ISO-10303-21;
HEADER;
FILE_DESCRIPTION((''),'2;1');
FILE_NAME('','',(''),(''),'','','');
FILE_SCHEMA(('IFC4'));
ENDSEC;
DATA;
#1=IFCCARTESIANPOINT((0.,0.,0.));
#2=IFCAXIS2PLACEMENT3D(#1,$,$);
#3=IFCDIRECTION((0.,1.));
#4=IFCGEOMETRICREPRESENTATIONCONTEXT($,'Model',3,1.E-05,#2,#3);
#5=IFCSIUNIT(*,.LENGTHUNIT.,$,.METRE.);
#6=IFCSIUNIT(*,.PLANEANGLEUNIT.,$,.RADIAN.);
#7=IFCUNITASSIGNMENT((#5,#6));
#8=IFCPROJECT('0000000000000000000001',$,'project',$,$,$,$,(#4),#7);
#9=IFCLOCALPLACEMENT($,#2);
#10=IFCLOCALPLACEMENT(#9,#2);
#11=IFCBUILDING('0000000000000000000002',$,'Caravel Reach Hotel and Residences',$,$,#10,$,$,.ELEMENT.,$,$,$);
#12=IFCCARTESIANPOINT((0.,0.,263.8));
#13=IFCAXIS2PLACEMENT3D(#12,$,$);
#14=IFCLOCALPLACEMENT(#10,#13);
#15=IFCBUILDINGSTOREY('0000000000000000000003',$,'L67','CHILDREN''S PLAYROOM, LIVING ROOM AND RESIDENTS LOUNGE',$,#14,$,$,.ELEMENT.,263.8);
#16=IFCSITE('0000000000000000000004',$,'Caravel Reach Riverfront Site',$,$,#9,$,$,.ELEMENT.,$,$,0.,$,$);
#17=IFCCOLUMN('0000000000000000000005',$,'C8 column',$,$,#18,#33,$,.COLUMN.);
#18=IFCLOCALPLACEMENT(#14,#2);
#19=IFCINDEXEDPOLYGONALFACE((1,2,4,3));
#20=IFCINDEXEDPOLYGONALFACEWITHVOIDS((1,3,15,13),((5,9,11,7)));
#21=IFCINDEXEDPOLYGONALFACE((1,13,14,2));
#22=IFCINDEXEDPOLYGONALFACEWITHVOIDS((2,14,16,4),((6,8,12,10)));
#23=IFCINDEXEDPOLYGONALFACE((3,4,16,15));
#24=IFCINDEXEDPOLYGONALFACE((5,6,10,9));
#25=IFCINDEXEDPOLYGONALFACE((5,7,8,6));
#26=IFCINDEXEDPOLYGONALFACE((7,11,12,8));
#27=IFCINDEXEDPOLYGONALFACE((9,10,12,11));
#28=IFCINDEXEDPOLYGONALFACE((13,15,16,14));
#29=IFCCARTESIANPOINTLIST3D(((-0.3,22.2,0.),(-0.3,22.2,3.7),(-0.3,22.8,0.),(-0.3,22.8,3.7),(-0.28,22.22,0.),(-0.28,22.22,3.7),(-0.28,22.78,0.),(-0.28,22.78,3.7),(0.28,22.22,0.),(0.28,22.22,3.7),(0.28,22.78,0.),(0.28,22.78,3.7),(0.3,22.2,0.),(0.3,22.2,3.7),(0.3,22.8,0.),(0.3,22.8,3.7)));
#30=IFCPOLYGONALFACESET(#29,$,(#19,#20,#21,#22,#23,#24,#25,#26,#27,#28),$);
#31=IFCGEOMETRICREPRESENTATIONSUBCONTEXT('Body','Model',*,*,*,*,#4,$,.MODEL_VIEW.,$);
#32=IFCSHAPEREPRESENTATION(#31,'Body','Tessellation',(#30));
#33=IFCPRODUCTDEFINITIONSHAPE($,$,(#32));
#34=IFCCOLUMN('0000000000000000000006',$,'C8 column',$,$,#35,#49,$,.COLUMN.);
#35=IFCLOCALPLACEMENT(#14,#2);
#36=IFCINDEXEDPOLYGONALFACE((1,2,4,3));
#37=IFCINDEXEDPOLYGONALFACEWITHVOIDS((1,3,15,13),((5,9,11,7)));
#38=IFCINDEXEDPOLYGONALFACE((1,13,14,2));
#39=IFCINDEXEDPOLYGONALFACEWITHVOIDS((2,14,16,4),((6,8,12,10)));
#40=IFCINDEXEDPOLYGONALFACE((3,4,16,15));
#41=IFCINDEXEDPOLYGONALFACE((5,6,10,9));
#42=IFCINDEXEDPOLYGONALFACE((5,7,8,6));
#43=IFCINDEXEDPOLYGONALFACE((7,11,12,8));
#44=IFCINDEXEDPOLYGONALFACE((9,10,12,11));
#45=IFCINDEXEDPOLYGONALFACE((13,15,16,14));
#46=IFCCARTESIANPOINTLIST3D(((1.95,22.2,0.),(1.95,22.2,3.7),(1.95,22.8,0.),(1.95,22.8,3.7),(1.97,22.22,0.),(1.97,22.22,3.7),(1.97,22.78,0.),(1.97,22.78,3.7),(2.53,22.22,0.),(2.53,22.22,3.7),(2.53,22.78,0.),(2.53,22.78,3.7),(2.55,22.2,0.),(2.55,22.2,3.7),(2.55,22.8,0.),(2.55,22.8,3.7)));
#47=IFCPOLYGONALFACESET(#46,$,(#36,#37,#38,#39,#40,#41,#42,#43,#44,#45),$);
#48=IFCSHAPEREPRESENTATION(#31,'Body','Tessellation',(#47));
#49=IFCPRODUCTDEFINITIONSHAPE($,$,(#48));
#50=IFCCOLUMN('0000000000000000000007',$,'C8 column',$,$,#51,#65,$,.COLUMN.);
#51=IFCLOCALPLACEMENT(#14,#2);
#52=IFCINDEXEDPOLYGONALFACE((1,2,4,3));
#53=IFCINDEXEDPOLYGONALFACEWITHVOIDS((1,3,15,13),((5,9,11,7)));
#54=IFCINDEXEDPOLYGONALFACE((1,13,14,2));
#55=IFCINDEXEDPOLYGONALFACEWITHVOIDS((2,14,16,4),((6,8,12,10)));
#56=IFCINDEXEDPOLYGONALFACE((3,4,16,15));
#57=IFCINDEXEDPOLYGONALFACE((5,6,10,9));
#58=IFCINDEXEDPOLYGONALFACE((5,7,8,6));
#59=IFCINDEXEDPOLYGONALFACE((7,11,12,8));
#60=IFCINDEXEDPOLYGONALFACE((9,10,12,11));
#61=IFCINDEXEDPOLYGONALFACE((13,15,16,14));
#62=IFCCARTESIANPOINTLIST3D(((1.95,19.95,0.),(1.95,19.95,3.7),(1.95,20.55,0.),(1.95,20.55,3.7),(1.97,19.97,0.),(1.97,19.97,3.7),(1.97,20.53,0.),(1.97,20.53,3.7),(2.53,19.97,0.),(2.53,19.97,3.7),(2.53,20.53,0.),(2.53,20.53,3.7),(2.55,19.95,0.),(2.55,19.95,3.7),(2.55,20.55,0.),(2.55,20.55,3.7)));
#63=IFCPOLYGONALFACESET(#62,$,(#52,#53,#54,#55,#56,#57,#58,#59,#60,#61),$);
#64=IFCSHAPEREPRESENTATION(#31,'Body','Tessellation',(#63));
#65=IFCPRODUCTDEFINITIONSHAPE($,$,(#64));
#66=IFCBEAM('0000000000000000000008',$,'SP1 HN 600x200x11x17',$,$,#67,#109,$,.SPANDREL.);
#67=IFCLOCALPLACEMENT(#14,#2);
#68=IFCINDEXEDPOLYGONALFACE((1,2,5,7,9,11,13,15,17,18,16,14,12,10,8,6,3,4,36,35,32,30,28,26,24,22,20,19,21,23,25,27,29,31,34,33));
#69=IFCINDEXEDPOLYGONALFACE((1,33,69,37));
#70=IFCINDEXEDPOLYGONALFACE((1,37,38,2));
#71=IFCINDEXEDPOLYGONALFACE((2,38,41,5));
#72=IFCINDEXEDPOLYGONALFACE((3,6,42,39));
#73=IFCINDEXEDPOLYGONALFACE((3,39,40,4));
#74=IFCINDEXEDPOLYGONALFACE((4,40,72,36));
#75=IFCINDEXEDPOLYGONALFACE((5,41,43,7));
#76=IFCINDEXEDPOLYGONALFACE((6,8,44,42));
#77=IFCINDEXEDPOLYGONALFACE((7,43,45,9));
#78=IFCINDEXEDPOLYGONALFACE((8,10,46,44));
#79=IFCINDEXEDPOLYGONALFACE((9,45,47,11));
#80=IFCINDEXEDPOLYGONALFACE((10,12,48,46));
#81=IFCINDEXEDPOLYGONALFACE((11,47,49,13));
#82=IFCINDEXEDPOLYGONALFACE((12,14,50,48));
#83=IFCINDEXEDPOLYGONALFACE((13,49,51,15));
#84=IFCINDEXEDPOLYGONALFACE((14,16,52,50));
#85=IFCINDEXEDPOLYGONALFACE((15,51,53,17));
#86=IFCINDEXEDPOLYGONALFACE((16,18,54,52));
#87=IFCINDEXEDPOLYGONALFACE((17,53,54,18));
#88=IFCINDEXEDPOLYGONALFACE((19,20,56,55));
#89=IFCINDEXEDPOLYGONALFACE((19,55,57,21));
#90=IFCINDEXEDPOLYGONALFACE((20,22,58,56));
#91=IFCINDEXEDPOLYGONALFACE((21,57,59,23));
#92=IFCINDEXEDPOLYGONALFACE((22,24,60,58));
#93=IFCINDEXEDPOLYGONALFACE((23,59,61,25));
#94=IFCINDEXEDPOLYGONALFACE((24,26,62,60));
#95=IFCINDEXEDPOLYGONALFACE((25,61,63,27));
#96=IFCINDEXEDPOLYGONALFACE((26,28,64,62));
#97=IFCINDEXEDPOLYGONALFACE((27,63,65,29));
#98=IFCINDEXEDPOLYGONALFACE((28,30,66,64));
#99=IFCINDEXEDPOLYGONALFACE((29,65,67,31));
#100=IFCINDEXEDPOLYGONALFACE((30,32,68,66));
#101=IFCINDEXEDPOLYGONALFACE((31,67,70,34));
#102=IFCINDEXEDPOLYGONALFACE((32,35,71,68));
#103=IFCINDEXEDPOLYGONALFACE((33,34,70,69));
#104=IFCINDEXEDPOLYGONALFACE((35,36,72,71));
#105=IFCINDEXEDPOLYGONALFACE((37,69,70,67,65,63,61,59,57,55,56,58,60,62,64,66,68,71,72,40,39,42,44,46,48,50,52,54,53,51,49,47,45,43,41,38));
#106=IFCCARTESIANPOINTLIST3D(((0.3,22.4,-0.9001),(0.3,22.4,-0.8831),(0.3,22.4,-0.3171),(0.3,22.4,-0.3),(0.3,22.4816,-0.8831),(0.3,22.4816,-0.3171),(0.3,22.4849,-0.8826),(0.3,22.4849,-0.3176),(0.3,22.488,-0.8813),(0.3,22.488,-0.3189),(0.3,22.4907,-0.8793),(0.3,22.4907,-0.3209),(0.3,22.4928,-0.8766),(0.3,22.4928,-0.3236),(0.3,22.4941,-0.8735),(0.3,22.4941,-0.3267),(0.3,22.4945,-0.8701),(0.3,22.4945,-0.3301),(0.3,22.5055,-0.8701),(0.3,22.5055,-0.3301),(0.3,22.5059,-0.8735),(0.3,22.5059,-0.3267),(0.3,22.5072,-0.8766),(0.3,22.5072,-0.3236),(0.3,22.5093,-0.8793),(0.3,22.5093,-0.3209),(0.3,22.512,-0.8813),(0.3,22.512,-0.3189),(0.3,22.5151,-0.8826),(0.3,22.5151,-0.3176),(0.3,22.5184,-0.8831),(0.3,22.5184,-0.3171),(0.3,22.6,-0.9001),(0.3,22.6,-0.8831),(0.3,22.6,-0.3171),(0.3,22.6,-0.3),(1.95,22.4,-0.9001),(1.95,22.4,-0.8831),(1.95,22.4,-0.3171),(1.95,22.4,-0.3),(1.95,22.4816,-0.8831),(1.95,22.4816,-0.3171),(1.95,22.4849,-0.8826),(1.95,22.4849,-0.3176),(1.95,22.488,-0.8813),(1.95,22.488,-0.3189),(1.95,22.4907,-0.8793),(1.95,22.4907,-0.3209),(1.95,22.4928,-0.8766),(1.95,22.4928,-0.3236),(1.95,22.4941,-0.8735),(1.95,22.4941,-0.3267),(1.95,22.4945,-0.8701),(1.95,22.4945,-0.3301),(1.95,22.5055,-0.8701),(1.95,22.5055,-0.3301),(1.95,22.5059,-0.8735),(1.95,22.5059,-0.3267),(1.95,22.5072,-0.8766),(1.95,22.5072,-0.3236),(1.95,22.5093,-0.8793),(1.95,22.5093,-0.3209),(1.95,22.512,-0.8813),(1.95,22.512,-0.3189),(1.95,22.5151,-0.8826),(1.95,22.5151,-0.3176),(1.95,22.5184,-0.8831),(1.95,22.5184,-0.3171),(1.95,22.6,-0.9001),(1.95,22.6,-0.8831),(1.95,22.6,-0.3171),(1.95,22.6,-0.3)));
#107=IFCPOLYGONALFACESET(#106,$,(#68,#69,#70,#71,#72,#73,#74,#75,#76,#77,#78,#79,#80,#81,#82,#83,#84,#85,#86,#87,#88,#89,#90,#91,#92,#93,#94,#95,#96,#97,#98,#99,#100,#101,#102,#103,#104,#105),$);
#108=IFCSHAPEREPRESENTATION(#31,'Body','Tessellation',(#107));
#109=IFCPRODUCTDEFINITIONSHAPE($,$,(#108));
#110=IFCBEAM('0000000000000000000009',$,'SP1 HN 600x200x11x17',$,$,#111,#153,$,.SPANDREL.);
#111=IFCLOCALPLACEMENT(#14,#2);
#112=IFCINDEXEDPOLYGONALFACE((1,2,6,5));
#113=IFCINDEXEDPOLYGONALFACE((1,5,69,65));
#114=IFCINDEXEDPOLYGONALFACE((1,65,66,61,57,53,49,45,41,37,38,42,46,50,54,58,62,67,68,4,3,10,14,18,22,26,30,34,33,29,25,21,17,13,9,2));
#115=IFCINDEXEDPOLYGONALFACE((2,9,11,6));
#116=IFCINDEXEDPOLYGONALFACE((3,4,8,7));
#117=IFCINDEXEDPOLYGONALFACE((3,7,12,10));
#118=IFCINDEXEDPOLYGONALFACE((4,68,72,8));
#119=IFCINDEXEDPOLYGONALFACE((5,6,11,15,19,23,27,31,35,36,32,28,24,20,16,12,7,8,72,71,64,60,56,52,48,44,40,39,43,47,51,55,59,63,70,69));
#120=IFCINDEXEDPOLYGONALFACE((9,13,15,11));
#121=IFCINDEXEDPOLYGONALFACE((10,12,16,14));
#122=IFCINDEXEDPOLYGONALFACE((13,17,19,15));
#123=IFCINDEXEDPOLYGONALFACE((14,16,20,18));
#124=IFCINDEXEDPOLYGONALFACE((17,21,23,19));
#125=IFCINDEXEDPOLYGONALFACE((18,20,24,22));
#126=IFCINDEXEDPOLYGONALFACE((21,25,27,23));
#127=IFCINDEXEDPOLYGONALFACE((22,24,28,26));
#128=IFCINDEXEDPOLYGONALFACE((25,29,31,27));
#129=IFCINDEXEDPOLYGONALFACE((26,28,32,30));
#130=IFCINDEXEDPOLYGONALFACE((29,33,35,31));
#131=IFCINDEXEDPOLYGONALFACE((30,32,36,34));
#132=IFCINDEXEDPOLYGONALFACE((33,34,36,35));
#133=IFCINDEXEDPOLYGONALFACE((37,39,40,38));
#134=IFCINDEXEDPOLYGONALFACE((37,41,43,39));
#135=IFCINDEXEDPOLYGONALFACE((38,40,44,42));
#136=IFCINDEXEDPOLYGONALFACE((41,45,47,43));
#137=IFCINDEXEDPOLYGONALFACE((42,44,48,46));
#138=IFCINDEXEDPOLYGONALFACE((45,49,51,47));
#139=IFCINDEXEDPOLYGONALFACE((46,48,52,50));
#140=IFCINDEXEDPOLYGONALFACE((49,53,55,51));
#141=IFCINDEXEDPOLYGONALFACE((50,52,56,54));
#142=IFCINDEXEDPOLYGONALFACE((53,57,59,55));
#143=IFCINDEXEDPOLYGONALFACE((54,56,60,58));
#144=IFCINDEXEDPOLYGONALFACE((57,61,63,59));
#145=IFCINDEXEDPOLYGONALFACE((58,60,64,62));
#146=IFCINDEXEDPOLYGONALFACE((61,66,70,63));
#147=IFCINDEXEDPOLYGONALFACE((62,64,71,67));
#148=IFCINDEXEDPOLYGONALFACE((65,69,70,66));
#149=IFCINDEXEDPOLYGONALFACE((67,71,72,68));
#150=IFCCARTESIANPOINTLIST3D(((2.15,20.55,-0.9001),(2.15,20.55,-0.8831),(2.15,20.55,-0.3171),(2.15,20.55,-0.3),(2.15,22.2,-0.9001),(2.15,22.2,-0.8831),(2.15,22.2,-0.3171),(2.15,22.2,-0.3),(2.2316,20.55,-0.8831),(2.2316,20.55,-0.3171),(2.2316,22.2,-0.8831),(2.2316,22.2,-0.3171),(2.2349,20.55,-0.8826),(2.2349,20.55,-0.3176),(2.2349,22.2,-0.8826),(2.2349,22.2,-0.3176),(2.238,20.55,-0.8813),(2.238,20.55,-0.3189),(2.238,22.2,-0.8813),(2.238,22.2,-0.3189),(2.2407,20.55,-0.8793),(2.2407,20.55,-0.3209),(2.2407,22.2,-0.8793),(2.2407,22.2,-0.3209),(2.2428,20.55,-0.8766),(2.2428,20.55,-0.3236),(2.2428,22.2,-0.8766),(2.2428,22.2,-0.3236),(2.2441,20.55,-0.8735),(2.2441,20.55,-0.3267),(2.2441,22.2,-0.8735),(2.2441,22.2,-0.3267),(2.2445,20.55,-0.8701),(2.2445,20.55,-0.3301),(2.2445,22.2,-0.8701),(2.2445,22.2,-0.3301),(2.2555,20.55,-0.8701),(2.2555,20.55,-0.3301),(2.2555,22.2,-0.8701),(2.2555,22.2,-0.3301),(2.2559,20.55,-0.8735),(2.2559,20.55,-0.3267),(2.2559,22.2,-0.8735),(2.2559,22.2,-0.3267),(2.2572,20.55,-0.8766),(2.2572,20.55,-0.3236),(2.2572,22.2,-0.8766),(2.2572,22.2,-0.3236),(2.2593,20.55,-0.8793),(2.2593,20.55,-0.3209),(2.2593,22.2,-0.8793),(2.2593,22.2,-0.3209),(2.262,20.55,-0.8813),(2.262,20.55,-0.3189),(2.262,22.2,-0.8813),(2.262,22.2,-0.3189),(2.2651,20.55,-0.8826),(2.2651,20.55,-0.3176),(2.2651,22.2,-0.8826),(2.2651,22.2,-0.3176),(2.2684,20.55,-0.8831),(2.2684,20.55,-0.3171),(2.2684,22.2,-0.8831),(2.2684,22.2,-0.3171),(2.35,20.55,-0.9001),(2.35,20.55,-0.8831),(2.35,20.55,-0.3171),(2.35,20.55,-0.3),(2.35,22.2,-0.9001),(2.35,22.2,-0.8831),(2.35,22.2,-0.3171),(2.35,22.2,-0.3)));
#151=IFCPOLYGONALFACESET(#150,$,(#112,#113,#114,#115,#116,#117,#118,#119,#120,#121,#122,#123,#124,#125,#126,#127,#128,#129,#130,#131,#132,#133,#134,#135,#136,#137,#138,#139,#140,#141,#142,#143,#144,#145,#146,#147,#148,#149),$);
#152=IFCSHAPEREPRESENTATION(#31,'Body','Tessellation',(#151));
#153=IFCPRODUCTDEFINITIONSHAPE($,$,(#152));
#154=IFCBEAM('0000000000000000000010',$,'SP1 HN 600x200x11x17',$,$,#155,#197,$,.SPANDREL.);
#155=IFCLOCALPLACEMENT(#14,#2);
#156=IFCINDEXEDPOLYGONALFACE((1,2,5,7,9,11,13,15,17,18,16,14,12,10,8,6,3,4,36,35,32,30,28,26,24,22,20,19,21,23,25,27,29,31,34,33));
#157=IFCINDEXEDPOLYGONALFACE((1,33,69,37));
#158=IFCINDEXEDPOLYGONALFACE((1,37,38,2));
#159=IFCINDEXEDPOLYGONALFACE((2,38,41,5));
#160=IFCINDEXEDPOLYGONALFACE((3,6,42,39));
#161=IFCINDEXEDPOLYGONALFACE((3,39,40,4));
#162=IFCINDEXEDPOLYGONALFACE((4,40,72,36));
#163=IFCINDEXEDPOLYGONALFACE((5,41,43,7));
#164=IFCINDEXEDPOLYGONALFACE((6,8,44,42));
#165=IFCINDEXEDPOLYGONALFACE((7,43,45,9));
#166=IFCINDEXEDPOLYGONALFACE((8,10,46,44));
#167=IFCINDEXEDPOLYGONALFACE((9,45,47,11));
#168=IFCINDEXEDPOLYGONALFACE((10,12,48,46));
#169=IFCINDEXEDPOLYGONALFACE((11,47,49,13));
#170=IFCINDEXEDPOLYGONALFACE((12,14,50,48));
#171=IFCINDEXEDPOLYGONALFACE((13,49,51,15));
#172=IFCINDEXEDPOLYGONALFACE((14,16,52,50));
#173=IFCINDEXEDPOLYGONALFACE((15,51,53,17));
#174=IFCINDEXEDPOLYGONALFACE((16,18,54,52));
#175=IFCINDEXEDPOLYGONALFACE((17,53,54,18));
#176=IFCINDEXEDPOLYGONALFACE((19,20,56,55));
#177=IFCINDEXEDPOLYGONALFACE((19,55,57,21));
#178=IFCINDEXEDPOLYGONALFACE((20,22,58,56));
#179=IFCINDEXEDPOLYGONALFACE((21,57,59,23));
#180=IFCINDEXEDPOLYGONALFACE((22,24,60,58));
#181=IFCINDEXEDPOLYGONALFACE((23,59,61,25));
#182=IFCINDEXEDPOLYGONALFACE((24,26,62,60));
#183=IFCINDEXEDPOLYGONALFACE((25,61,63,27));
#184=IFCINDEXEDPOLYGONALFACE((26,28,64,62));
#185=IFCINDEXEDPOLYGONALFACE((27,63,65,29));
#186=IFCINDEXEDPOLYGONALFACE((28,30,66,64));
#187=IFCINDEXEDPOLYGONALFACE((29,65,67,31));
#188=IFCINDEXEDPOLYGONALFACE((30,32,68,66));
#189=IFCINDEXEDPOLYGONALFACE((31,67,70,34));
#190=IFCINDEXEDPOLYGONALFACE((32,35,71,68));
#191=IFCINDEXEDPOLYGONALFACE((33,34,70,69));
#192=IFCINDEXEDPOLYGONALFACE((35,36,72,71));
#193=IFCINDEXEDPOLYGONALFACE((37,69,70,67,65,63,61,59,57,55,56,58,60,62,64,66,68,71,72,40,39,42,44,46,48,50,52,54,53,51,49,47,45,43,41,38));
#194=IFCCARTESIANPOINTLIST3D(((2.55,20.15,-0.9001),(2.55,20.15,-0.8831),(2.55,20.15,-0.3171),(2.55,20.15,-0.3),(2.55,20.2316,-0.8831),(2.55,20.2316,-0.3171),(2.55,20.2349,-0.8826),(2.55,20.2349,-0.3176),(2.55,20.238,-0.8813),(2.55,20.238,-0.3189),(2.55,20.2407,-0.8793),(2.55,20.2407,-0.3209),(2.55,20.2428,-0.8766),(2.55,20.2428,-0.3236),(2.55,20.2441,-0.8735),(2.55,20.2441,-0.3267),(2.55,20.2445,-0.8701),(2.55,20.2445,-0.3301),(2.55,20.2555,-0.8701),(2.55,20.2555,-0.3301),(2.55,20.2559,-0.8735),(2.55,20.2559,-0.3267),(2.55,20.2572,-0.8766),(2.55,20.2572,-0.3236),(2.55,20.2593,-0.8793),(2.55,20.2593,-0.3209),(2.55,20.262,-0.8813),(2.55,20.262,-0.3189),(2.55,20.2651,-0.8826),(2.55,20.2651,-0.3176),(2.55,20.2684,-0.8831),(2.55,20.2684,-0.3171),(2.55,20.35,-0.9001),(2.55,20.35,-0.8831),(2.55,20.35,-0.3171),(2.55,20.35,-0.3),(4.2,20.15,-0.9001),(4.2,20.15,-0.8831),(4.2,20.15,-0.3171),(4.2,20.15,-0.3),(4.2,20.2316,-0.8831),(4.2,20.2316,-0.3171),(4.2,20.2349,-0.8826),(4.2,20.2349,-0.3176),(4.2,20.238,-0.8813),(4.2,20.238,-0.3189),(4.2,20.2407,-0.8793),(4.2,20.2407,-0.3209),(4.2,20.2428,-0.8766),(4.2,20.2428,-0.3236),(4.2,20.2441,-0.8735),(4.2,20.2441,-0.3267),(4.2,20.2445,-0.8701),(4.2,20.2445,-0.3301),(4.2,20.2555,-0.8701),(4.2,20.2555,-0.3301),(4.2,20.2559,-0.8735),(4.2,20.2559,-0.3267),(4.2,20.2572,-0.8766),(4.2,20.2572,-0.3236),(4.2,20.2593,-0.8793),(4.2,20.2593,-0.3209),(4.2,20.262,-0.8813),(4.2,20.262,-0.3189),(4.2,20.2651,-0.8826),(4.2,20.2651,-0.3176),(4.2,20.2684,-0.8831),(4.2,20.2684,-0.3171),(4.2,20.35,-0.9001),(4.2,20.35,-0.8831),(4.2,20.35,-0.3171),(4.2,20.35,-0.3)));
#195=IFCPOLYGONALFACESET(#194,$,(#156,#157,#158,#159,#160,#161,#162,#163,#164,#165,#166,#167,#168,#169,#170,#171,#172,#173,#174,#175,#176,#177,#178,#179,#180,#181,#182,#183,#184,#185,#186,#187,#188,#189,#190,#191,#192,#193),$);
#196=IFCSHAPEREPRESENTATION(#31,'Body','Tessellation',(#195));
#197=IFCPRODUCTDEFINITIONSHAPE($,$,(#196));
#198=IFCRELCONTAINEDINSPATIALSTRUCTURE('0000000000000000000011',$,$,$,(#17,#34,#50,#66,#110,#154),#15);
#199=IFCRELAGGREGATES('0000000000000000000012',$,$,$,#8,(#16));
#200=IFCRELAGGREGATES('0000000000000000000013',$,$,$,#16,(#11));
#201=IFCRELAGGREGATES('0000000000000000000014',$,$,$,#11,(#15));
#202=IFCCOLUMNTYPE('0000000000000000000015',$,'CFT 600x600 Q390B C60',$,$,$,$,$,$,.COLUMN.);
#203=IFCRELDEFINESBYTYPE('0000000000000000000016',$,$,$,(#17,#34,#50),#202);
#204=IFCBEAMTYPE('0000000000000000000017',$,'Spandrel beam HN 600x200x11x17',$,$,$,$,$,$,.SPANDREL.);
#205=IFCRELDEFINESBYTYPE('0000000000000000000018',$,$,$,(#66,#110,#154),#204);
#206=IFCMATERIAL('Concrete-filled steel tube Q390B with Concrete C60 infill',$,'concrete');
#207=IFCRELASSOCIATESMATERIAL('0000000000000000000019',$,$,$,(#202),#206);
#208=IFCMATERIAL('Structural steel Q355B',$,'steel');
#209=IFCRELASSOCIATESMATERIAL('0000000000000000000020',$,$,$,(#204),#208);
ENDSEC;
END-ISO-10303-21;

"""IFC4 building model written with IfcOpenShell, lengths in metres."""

from ifc_helpers import new_model, si_unit, direction, frame, origin, origin_2d, place, context, subcontext, project, spatial, hollow_rectangle, i_section, extrude, material, material_profile, profile_set, type_object, element, save


model = new_model("IFC4")

# Units and contexts
model_context = context("Model", 3, precision=1e-05, world=origin(), true_north=direction((0.0, 1.0)))
body_context = subcontext(model_context, "Body", "Model", "MODEL_VIEW")
ifc_project = project(units=[si_unit("LENGTHUNIT", "METRE"), si_unit("PLANEANGLEUNIT", "RADIAN")], contexts=[model_context])

# Site, building, storey
site_placement = place(None, origin())
site = spatial("IfcSite", under=ifc_project, at=site_placement, Name="Caravel Reach Riverfront Site", CompositionType="ELEMENT", RefElevation=0.0)
building_placement = place(site_placement, origin())
building = spatial("IfcBuilding", under=site, at=building_placement, Name="Caravel Reach Hotel and Residences", CompositionType="ELEMENT")
storey_placement = place(building_placement, frame((0.0, 0.0, 263.8)))
storey = spatial("IfcBuildingStorey", under=building, at=storey_placement, Name="L67", Description="CHILDREN'S PLAYROOM, LIVING ROOM AND RESIDENTS LOUNGE", CompositionType="ELEMENT", Elevation=263.8)

# Columns
ifc_material_1 = material(Name="Concrete-filled steel tube Q390B with Concrete C60 infill", Category="concrete")
ifc_material_profile_1 = material_profile(ifc_material_1, hollow_rectangle(XDim=0.6001, YDim=0.6001, WallThickness=0.02, at=origin_2d()), Name="RHS 600x600x20")
ifc_profile_set_1 = profile_set([ifc_material_profile_1], Name="Concrete-filled steel tube Q390B with Concrete C60 infill")
column_type = type_object("IfcColumnType", Name="CFT 600x600 Q390B C60", PredefinedType="COLUMN", material=ifc_profile_set_1)
for number, where, z_axis, x_axis, name in (
    (1, (0.0, 22.5, 0.0), (0.0, 0.0, 1.0), (1.0, 0.0, 0.0), "C8 column"),
    (2, (2.25, 22.5, 0.0), (0.0, 0.0, 1.0), (1.0, 0.0, 0.0), "C8 column"),
    (3, (2.25, 20.25, 0.0), (0.0, 0.0, 1.0), (1.0, 0.0, 0.0), "C8 column"),
):
    element("IfcColumn", number, at=place(storey_placement, frame(where, z_axis=z_axis, x_axis=x_axis)), inside=storey, type_object=column_type, Name=name, PredefinedType="COLUMN", context=body_context, shape_type="SweptSolid", body=[
        extrude(hollow_rectangle(XDim=0.6001, YDim=0.6001, WallThickness=0.02, at=origin_2d()), origin(), (0.0, 0.0, 1.0), 3.7),
    ])

# Beams
ifc_material_2 = material(Name="Structural steel Q355B", Category="steel")
ifc_material_profile_2 = material_profile(ifc_material_2, i_section(OverallWidth=0.2, OverallDepth=0.6001, WebThickness=0.011, FlangeThickness=0.0171, FilletRadius=0.0129, at=origin_2d()), Name="HN 600x200x11x17")
ifc_profile_set_2 = profile_set([ifc_material_profile_2], Name="Structural steel Q355B")
beam_type = type_object("IfcBeamType", Name="Spandrel beam HN 600x200x11x17", PredefinedType="SPANDREL", material=ifc_profile_set_2)
for number, where, z_axis, x_axis, name in (
    (4, (0.3, 22.5, -0.6001), (1.0, 0.0, 0.0), (0.0, 1.0, 0.0), "SP1 HN 600x200x11x17"),
    (5, (2.25, 22.2, -0.6001), (0.0, -1.0, 0.0), (1.0, 0.0, 0.0), "SP1 HN 600x200x11x17"),
    (6, (2.55, 20.25, -0.6001), (1.0, 0.0, 0.0), (0.0, 1.0, 0.0), "SP1 HN 600x200x11x17"),
):
    element("IfcBeam", number, at=place(storey_placement, frame(where, z_axis=z_axis, x_axis=x_axis)), inside=storey, type_object=beam_type, Name=name, PredefinedType="SPANDREL", context=body_context, shape_type="SweptSolid", body=[
        extrude(i_section(OverallWidth=0.2, OverallDepth=0.6001, WebThickness=0.011, FlangeThickness=0.0171, FilletRadius=0.0129, at=origin_2d()), origin(), (0.0, 0.0, 1.0), 1.6499),
    ])

save(model, "model.ifc")
